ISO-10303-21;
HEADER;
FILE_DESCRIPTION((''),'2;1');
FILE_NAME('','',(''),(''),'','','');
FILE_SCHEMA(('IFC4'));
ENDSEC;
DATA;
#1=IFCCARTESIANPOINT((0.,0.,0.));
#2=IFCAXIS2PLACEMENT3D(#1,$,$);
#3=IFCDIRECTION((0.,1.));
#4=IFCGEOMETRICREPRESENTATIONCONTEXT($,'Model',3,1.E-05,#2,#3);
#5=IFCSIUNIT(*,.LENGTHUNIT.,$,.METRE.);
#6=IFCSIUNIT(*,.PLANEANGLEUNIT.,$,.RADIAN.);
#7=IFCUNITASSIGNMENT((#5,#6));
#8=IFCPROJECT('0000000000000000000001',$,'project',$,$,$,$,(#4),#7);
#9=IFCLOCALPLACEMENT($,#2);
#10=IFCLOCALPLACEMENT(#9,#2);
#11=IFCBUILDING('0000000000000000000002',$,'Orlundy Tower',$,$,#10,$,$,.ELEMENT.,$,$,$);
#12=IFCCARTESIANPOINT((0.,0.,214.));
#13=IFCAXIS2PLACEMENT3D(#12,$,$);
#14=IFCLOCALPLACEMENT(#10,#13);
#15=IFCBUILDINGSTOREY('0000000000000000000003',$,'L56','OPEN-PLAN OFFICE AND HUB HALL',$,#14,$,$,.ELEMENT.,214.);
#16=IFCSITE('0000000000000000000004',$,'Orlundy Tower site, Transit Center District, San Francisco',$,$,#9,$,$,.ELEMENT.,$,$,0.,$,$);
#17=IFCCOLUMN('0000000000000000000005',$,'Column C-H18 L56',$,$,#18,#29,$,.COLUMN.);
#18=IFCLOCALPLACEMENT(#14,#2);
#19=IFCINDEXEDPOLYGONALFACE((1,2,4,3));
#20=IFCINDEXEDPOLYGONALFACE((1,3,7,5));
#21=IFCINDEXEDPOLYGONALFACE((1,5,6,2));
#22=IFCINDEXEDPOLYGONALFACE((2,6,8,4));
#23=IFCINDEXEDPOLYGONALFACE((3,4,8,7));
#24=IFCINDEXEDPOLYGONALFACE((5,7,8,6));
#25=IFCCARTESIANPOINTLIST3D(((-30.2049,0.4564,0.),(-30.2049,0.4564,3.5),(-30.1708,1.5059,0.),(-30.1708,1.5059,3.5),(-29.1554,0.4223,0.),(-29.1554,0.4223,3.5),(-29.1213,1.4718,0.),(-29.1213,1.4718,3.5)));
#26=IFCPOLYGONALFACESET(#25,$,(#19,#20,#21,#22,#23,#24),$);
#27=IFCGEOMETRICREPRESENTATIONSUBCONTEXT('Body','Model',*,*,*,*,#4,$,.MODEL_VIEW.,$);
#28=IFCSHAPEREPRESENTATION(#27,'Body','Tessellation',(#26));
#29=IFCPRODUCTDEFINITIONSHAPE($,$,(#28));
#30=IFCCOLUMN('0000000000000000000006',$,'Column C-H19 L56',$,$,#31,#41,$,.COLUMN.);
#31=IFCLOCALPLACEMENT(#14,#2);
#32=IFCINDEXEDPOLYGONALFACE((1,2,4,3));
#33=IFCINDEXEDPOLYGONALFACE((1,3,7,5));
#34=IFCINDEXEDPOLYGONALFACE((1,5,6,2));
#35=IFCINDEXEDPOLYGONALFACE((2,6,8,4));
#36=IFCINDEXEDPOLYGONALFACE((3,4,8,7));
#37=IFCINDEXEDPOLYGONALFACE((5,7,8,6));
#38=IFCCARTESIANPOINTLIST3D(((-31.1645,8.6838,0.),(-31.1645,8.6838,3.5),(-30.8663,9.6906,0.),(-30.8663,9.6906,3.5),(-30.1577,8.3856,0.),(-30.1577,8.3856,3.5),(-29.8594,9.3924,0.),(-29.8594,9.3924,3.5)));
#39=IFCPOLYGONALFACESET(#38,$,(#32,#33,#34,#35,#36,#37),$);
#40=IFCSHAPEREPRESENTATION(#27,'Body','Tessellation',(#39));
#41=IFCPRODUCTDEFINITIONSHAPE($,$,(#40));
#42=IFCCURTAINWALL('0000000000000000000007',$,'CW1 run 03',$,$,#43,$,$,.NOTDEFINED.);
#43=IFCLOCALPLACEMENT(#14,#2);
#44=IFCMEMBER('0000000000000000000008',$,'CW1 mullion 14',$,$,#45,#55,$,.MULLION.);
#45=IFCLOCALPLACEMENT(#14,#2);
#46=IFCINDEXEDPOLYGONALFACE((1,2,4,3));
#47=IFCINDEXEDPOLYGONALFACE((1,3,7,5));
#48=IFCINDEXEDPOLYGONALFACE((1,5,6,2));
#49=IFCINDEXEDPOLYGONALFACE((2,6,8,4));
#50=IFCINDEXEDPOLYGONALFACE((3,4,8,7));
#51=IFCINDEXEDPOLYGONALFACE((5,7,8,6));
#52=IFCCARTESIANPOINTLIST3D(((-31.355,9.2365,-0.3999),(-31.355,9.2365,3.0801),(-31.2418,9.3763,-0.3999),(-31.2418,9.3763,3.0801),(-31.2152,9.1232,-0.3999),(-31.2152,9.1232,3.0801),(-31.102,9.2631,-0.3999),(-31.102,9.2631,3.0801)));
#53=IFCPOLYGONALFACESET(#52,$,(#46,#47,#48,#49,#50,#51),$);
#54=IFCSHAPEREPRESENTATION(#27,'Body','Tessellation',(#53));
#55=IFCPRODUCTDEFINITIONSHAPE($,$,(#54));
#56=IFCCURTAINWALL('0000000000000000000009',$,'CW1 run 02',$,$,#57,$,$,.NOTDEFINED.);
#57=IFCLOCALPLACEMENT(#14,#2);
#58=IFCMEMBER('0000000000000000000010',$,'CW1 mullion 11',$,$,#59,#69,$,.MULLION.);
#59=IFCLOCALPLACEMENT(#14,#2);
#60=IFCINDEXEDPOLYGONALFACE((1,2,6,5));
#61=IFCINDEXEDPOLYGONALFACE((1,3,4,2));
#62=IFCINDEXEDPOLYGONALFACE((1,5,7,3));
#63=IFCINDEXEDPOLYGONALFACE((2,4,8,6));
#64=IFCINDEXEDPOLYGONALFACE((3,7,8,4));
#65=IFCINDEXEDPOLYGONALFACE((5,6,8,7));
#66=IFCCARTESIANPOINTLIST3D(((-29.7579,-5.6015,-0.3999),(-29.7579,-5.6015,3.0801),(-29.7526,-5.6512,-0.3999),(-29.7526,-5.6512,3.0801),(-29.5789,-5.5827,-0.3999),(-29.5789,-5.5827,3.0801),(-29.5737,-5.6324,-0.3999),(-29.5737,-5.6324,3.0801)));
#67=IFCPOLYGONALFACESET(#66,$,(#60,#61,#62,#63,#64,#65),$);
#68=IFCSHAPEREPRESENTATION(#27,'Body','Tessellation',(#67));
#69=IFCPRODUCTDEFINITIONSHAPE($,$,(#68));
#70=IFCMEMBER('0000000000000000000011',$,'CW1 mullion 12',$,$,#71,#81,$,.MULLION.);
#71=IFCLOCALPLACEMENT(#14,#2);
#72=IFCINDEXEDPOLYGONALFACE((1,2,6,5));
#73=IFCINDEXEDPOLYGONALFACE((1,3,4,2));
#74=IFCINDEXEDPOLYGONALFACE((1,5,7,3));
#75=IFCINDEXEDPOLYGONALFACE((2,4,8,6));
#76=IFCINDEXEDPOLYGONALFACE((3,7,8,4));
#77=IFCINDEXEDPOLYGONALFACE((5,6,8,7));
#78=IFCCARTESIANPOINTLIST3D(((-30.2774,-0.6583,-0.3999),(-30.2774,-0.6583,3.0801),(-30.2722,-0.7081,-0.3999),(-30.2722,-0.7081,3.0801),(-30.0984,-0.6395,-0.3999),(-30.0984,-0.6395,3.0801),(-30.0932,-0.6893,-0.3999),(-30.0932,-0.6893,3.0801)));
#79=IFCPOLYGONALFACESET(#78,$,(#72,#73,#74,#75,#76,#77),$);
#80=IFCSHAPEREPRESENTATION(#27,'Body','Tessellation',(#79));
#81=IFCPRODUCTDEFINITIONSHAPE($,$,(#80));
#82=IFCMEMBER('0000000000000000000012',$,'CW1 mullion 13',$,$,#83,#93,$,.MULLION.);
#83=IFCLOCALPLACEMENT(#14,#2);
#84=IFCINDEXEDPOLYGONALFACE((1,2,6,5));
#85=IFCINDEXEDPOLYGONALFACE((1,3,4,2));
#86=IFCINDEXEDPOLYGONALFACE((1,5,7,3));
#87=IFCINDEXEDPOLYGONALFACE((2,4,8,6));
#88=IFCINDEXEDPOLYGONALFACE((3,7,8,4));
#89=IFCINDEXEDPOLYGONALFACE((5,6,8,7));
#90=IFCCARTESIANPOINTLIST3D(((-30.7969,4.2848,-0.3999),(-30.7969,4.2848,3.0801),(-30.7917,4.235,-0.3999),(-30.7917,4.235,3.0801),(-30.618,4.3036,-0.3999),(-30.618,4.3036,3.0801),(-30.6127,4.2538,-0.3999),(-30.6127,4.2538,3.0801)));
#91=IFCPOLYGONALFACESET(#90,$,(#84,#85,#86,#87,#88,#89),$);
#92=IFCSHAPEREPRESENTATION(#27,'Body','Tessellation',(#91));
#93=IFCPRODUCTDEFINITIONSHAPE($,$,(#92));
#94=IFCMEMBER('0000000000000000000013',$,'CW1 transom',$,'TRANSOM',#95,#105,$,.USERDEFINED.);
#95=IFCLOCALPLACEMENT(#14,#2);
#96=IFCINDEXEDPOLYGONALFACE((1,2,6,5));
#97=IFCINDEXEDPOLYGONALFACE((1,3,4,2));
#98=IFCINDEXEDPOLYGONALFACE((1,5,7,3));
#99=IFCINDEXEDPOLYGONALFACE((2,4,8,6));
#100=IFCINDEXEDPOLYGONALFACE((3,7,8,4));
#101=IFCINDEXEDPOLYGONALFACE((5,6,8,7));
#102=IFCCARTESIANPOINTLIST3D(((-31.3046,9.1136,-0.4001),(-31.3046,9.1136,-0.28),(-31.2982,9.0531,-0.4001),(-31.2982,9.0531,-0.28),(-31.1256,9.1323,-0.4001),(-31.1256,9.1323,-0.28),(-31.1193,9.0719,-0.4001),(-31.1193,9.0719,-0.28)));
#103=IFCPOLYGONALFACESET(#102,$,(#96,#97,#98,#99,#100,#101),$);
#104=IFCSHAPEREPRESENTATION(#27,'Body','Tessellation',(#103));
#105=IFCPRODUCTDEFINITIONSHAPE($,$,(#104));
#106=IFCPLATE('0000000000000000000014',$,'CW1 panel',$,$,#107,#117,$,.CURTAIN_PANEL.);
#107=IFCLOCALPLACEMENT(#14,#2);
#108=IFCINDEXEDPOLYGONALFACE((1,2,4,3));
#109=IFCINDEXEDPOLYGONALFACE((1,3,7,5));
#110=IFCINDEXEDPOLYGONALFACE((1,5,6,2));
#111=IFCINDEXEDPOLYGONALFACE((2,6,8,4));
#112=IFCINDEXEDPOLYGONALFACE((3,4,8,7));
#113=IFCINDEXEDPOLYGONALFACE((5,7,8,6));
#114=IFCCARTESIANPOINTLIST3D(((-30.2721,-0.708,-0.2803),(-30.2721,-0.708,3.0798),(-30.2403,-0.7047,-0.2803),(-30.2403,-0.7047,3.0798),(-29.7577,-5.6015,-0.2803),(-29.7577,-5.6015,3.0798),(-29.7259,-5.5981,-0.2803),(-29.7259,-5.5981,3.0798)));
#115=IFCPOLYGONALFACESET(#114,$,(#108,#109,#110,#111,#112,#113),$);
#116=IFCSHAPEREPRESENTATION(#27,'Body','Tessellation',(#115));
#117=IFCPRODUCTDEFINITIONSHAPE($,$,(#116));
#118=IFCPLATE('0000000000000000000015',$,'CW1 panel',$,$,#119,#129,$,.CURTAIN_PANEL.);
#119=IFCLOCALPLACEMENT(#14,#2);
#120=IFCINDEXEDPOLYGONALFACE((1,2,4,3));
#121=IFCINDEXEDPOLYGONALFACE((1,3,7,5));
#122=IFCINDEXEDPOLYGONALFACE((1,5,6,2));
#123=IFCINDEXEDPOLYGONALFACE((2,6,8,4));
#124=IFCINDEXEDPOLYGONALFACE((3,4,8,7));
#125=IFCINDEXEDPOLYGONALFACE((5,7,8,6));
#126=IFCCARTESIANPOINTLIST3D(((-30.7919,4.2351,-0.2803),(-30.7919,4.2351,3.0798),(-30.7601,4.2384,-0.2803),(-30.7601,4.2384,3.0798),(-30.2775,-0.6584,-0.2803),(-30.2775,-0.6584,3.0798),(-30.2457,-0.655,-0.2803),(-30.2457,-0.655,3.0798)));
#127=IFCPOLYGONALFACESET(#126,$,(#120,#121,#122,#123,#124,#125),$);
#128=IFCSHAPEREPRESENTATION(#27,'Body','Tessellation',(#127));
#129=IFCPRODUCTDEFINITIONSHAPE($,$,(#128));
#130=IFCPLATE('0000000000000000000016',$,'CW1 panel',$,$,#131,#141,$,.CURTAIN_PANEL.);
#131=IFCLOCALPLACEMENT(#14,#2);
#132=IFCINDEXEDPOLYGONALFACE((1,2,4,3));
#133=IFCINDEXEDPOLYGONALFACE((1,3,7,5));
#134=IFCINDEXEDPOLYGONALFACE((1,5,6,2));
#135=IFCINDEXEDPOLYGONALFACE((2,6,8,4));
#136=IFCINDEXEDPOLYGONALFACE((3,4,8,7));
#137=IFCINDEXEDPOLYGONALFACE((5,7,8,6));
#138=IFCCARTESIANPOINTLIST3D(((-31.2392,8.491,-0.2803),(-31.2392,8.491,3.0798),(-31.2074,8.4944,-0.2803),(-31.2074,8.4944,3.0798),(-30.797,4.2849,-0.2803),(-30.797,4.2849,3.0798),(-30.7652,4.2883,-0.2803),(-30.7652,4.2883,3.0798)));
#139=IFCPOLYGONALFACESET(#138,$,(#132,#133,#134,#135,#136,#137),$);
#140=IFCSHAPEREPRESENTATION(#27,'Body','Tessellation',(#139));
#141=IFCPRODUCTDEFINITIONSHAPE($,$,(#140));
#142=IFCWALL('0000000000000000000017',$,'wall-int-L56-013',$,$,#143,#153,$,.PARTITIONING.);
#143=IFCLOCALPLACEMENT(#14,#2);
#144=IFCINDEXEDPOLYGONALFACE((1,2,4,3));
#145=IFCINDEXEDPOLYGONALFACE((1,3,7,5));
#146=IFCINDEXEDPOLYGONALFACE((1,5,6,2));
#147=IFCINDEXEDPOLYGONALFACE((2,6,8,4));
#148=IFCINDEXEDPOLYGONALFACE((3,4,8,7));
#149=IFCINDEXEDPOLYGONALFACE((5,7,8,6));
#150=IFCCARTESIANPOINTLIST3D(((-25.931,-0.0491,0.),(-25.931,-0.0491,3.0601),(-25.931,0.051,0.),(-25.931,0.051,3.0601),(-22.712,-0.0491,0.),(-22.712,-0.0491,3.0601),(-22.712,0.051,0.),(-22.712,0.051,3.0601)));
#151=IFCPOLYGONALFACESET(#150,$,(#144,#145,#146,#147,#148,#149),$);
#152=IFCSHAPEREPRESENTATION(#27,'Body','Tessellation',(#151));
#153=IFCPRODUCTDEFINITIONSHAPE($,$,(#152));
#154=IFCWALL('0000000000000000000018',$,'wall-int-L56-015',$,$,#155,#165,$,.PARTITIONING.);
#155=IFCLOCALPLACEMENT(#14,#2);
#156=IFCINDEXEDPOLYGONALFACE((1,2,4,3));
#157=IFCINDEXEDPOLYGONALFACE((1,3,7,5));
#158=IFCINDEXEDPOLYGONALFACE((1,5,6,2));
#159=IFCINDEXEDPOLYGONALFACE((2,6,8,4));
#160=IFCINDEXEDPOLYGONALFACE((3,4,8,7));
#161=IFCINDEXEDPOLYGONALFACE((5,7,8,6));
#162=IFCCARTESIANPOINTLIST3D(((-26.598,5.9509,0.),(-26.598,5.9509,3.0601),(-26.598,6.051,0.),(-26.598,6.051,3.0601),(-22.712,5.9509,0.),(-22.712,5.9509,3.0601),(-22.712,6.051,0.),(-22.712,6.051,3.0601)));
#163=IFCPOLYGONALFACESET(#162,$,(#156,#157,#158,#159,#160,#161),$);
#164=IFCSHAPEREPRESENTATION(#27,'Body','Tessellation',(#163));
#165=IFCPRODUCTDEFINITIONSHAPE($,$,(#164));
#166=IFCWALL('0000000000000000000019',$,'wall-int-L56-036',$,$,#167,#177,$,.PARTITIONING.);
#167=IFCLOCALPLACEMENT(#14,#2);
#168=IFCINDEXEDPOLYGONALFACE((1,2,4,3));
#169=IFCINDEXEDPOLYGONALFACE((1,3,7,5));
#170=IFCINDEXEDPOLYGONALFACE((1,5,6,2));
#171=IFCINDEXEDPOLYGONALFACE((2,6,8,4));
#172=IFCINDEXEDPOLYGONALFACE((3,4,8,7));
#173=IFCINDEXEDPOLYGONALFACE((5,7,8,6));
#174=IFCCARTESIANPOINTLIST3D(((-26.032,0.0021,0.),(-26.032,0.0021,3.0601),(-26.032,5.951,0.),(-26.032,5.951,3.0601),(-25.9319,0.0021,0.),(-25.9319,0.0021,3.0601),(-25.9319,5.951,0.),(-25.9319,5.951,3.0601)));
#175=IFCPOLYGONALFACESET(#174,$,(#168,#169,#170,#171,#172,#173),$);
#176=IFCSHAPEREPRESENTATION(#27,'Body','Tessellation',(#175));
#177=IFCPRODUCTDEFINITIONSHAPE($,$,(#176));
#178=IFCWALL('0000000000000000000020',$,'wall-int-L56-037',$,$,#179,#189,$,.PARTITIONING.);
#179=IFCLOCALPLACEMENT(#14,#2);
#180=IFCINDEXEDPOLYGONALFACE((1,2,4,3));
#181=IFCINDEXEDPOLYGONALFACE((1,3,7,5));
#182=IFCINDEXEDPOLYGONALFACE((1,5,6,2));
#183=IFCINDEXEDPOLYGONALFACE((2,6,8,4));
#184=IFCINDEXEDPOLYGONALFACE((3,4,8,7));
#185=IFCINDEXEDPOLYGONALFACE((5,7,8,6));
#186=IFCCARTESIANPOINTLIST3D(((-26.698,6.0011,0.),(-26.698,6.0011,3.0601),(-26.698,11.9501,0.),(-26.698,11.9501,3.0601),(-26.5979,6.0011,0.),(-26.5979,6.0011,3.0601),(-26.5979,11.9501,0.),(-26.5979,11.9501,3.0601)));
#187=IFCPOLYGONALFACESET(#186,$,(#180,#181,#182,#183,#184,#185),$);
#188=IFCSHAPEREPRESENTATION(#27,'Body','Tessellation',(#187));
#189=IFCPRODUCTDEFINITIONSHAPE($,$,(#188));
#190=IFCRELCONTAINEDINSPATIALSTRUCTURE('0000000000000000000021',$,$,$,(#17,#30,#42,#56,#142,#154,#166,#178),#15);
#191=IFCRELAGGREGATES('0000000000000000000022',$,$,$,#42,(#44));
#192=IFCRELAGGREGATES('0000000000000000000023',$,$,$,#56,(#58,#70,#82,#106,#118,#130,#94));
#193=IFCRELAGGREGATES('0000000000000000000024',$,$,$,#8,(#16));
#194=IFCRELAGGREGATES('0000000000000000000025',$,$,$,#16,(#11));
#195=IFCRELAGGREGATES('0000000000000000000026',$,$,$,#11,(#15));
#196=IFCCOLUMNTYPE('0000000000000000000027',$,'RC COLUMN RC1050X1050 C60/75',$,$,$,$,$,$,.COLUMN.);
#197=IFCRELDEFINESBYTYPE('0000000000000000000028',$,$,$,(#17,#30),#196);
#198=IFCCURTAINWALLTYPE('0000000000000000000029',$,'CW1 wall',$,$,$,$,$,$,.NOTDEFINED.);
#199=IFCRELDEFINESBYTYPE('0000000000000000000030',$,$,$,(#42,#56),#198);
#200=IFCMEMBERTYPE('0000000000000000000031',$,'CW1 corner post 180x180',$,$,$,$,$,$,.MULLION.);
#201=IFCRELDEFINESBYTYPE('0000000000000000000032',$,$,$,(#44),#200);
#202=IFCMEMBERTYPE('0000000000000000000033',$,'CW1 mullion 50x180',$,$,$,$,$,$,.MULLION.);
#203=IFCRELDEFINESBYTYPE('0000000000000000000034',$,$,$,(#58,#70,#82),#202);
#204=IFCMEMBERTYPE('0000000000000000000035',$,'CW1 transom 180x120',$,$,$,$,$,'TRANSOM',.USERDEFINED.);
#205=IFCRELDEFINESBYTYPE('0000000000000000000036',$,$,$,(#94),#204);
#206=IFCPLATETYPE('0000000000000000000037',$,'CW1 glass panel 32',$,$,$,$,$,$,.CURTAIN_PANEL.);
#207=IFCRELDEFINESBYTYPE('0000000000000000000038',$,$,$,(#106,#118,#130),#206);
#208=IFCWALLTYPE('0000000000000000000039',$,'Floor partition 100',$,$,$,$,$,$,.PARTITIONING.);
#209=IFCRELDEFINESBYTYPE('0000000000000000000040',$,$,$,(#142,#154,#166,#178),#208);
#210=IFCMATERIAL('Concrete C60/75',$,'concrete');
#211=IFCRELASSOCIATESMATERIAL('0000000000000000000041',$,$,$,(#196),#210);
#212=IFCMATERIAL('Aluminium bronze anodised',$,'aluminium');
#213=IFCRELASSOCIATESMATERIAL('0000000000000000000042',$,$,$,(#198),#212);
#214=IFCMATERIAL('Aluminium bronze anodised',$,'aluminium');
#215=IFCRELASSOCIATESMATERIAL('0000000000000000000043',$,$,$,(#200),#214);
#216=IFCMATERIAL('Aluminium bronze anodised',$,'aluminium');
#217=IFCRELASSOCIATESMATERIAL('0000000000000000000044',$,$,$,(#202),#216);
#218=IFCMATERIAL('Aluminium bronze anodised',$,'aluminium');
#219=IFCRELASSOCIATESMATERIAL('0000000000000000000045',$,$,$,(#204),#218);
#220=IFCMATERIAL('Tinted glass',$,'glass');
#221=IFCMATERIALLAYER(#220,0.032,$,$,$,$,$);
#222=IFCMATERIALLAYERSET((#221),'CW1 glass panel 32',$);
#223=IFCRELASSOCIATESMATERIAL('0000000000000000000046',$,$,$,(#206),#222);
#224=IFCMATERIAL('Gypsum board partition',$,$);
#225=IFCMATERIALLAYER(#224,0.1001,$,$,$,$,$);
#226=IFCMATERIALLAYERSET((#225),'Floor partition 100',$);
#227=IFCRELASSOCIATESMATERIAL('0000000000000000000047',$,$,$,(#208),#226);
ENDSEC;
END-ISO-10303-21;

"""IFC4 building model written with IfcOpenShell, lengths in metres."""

from ifc_helpers import new_model, si_unit, direction, frame, frame_2d, origin, origin_2d, place, context, subcontext, project, spatial, rectangle, extrude, material, layer, layer_set, material_profile, profile_set, type_object, element, aggregate, save


model = new_model("IFC4")

# Units and contexts
model_context = context("Model", 3, precision=1e-05, world=origin(), true_north=direction((0.0, 1.0)))
body_context = subcontext(model_context, "Body", "Model", "MODEL_VIEW")
ifc_project = project(units=[si_unit("LENGTHUNIT", "METRE"), si_unit("PLANEANGLEUNIT", "RADIAN")], contexts=[model_context])

# Site, building, storey
site_placement = place(None, origin())
site = spatial("IfcSite", under=ifc_project, at=site_placement, Name="Orlundy Tower site, Transit Center District, San Francisco", CompositionType="ELEMENT", RefElevation=0.0)
building_placement = place(site_placement, origin())
building = spatial("IfcBuilding", under=site, at=building_placement, Name="Orlundy Tower", CompositionType="ELEMENT")
storey_placement = place(building_placement, frame((0.0, 0.0, 214.0)))
storey = spatial("IfcBuildingStorey", under=building, at=storey_placement, Name="L56", Description="OPEN-PLAN OFFICE AND HUB HALL", CompositionType="ELEMENT", Elevation=214.0)

# Columns
ifc_material_1 = material(Name="Concrete C60/75", Category="concrete")
ifc_material_profile_1 = material_profile(ifc_material_1, rectangle(XDim=1.05, YDim=1.05, at=origin_2d()), Name="RC1050X1050")
ifc_profile_set_1 = profile_set([ifc_material_profile_1], Name="Concrete C60/75")
column_type = type_object("IfcColumnType", Name="RC COLUMN RC1050X1050 C60/75", PredefinedType="COLUMN", material=ifc_profile_set_1)
for number, where, z_axis, x_axis, name in (
    (1, (-29.6631, 0.9641, 0.0), (0.0, 0.0, 1.0), (-0.999473, 0.032475, 0.0), "Column C-H18 L56"),
    (2, (-30.512, 9.0381, 0.0), (0.0, 0.0, 1.0), (-0.95882, 0.284015, 0.0), "Column C-H19 L56"),
):
    element("IfcColumn", number, at=place(storey_placement, frame(where, z_axis=z_axis, x_axis=x_axis)), inside=storey, type_object=column_type, Name=name, PredefinedType="COLUMN", context=body_context, shape_type="SweptSolid", body=[
        extrude(rectangle(XDim=1.05, YDim=1.05, at=origin_2d()), origin(), (0.0, 0.0, 1.0), 3.5),
    ])

# Curtain wall, member
ifc_material_2 = material(Name="Aluminium bronze anodised", Category="aluminium")
curtain_wall_type = type_object("IfcCurtainWallType", Name="CW1 wall", PredefinedType="NOTDEFINED", material=ifc_material_2)
curtain_wall_1_placement = place(storey_placement, origin())
curtain_wall_1 = element("IfcCurtainWall", 3, at=curtain_wall_1_placement, inside=storey, type_object=curtain_wall_type, Name="CW1 run 03", PredefinedType="NOTDEFINED")
ifc_material_3 = material(Name="Aluminium bronze anodised", Category="aluminium")
ifc_material_profile_2 = material_profile(ifc_material_3, rectangle(XDim=0.1799, YDim=0.1799, at=origin_2d()), Name="CW1 corner post 180x180")
ifc_profile_set_2 = profile_set([ifc_material_profile_2], Name="Aluminium bronze anodised")
member_type_1 = type_object("IfcMemberType", Name="CW1 corner post 180x180", PredefinedType="MULLION", material=ifc_profile_set_2)
member_1_placement = place(storey_placement, frame((-31.2285, 9.2498, -0.3999), z_axis=(0.0, 0.0, 1.0), x_axis=(-0.777146, 0.629321, 0.0)))
member_1 = element("IfcMember", 4, at=member_1_placement, type_object=member_type_1, Name="CW1 mullion 14", PredefinedType="MULLION", context=body_context, shape_type="SweptSolid", body=[
    extrude(rectangle(XDim=0.1799, YDim=0.1799, at=origin_2d()), origin(), (0.0, 0.0, 1.0), 3.48),
])
aggregate(curtain_wall_1, [member_1])

# Curtain wall, members, plates
curtain_wall_2_placement = place(storey_placement, origin())
curtain_wall_2 = element("IfcCurtainWall", 5, at=curtain_wall_2_placement, inside=storey, type_object=curtain_wall_type, Name="CW1 run 02", PredefinedType="NOTDEFINED")
ifc_material_4 = material(Name="Aluminium bronze anodised", Category="aluminium")
ifc_material_profile_3 = material_profile(ifc_material_4, rectangle(XDim=0.1799, YDim=0.05, at=origin_2d()), Name="CW1 mullion 50x180")
ifc_profile_set_3 = profile_set([ifc_material_profile_3], Name="Aluminium bronze anodised")
member_type_2 = type_object("IfcMemberType", Name="CW1 mullion 50x180", PredefinedType="MULLION", material=ifc_profile_set_3)
member_2_placement = place(storey_placement, frame((-29.6658, -5.6169, -0.3999), z_axis=(0.0, 0.0, 1.0), x_axis=(-0.994521, -0.104538, 0.0)))
member_2 = element("IfcMember", 6, at=member_2_placement, type_object=member_type_2, Name="CW1 mullion 11", PredefinedType="MULLION", context=body_context, shape_type="SweptSolid", body=[
    extrude(rectangle(XDim=0.1799, YDim=0.05, at=origin_2d()), origin(), (0.0, 0.0, 1.0), 3.48),
])
member_3_placement = place(storey_placement, frame((-30.1853, -0.6738, -0.3999), z_axis=(0.0, 0.0, 1.0), x_axis=(-0.994521, -0.104538, 0.0)))
member_3 = element("IfcMember", 7, at=member_3_placement, type_object=member_type_2, Name="CW1 mullion 12", PredefinedType="MULLION", context=body_context, shape_type="SweptSolid", body=[
    extrude(rectangle(XDim=0.1799, YDim=0.05, at=origin_2d()), origin(), (0.0, 0.0, 1.0), 3.48),
])
member_4_placement = place(storey_placement, frame((-30.7048, 4.2693, -0.3999), z_axis=(0.0, 0.0, 1.0), x_axis=(-0.994521, -0.104538, 0.0)))
member_4 = element("IfcMember", 8, at=member_4_placement, type_object=member_type_2, Name="CW1 mullion 13", PredefinedType="MULLION", context=body_context, shape_type="SweptSolid", body=[
    extrude(rectangle(XDim=0.1799, YDim=0.05, at=origin_2d()), origin(), (0.0, 0.0, 1.0), 3.48),
])
ifc_material_5 = material(Name="Aluminium bronze anodised", Category="aluminium")
ifc_material_profile_4 = material_profile(ifc_material_5, rectangle(XDim=0.1799, YDim=0.1201, at=origin_2d()), Name="CW1 transom 180x120")
ifc_profile_set_4 = profile_set([ifc_material_profile_4], Name="Aluminium bronze anodised")
member_type_3 = type_object("IfcMemberType", Name="CW1 transom 180x120", ElementType="TRANSOM", PredefinedType="USERDEFINED", material=ifc_profile_set_4)
member_5_placement = place(storey_placement, frame((-31.2087, 9.0625, -0.3401), z_axis=(-0.104267, 0.994549, 0.0), x_axis=(-0.994549, -0.104267, 0.0)))
member_5 = element("IfcMember", 9, at=member_5_placement, type_object=member_type_3, Name="CW1 transom", ObjectType="TRANSOM", PredefinedType="USERDEFINED", context=body_context, shape_type="SweptSolid", body=[
    extrude(rectangle(XDim=0.1799, YDim=0.1201, at=origin_2d()), origin(), (0.0, 0.0, 1.0), 0.0608),
])
ifc_material_6 = material(Name="Tinted glass", Category="glass")
ifc_layer_1 = layer(ifc_material_6, 0.032)
ifc_layer_set_1 = layer_set([ifc_layer_1], Name="CW1 glass panel 32")
plate_type = type_object("IfcPlateType", Name="CW1 glass panel 32", PredefinedType="CURTAIN_PANEL", material=ifc_layer_set_1)
plate_1_placement = place(storey_placement, frame((-29.999, -3.1531, -0.2803), z_axis=(0.0, 0.0, 1.0), x_axis=(-0.104538, 0.994521, 0.0)))
plate_1 = element("IfcPlate", 10, at=plate_1_placement, type_object=plate_type, Name="CW1 panel", PredefinedType="CURTAIN_PANEL", context=body_context, shape_type="SweptSolid", body=[
    extrude(rectangle(XDim=4.9204, YDim=0.032, at=origin_2d()), origin(), (0.0, 0.0, 1.0), 3.3601),
])
plate_2_placement = place(storey_placement, frame((-30.5188, 1.79, -0.2803), z_axis=(0.0, 0.0, 1.0), x_axis=(-0.104538, 0.994521, 0.0)))
plate_2 = element("IfcPlate", 11, at=plate_2_placement, type_object=plate_type, Name="CW1 panel", PredefinedType="CURTAIN_PANEL", context=body_context, shape_type="SweptSolid", body=[
    extrude(rectangle(XDim=4.9204, YDim=0.032, at=origin_2d()), origin(), (0.0, 0.0, 1.0), 3.3601),
])
plate_3_placement = place(storey_placement, frame((-31.0022, 6.3896, -0.2803), z_axis=(0.0, 0.0, 1.0), x_axis=(-0.104538, 0.994521, 0.0)))
plate_3 = element("IfcPlate", 12, at=plate_3_placement, type_object=plate_type, Name="CW1 panel", PredefinedType="CURTAIN_PANEL", context=body_context, shape_type="SweptSolid", body=[
    extrude(rectangle(XDim=4.2292, YDim=0.032, at=origin_2d()), origin(), (0.0, 0.0, 1.0), 3.3601),
])
aggregate(curtain_wall_2, [member_2, member_3, member_4, plate_1, plate_2, plate_3, member_5])

# Walls
ifc_material_7 = material(Name="Gypsum board partition")
ifc_layer_2 = layer(ifc_material_7, 0.1001)
ifc_layer_set_2 = layer_set([ifc_layer_2], Name="Floor partition 100")
wall_type_1 = type_object("IfcWallType", Name="Floor partition 100", PredefinedType="PARTITIONING", material=ifc_layer_set_2)
wall_1_placement = place(storey_placement, frame((-25.9309, 0.001, 0.0), z_axis=(0.0, 0.0, 1.0), x_axis=(1.0, 0.0, 0.0)))
element("IfcWall", 13, at=wall_1_placement, inside=storey, type_object=wall_type_1, Name="wall-int-L56-013", PredefinedType="PARTITIONING", context=body_context, shape_type="SweptSolid", body=[
    extrude(rectangle(XDim=3.219, YDim=0.1001, at=frame_2d((1.6094, 0.0))), origin(), (0.0, 0.0, 1.0), 3.0601),
])
wall_2_placement = place(storey_placement, frame((-26.5979, 6.001, 0.0), z_axis=(0.0, 0.0, 1.0), x_axis=(1.0, 0.0, 0.0)))
element("IfcWall", 14, at=wall_2_placement, inside=storey, type_object=wall_type_1, Name="wall-int-L56-015", PredefinedType="PARTITIONING", context=body_context, shape_type="SweptSolid", body=[
    extrude(rectangle(XDim=3.886, YDim=0.1001, at=frame_2d((1.9429, 0.0))), origin(), (0.0, 0.0, 1.0), 3.0601),
])
for number, where, z_axis, x_axis, name in (
    (15, (-25.9819, 0.002, 0.0), (0.0, 0.0, 1.0), (0.0, 1.0, 0.0), "wall-int-L56-036"),
    (16, (-26.6479, 6.001, 0.0), (0.0, 0.0, 1.0), (0.0, 1.0, 0.0), "wall-int-L56-037"),
):
    element("IfcWall", number, at=place(storey_placement, frame(where, z_axis=z_axis, x_axis=x_axis)), inside=storey, type_object=wall_type_1, Name=name, PredefinedType="PARTITIONING", context=body_context, shape_type="SweptSolid", body=[
        extrude(rectangle(XDim=5.949, YDim=0.1001, at=frame_2d((2.9746, 0.0))), origin(), (0.0, 0.0, 1.0), 3.0601),
    ])

save(model, "model.ifc")
